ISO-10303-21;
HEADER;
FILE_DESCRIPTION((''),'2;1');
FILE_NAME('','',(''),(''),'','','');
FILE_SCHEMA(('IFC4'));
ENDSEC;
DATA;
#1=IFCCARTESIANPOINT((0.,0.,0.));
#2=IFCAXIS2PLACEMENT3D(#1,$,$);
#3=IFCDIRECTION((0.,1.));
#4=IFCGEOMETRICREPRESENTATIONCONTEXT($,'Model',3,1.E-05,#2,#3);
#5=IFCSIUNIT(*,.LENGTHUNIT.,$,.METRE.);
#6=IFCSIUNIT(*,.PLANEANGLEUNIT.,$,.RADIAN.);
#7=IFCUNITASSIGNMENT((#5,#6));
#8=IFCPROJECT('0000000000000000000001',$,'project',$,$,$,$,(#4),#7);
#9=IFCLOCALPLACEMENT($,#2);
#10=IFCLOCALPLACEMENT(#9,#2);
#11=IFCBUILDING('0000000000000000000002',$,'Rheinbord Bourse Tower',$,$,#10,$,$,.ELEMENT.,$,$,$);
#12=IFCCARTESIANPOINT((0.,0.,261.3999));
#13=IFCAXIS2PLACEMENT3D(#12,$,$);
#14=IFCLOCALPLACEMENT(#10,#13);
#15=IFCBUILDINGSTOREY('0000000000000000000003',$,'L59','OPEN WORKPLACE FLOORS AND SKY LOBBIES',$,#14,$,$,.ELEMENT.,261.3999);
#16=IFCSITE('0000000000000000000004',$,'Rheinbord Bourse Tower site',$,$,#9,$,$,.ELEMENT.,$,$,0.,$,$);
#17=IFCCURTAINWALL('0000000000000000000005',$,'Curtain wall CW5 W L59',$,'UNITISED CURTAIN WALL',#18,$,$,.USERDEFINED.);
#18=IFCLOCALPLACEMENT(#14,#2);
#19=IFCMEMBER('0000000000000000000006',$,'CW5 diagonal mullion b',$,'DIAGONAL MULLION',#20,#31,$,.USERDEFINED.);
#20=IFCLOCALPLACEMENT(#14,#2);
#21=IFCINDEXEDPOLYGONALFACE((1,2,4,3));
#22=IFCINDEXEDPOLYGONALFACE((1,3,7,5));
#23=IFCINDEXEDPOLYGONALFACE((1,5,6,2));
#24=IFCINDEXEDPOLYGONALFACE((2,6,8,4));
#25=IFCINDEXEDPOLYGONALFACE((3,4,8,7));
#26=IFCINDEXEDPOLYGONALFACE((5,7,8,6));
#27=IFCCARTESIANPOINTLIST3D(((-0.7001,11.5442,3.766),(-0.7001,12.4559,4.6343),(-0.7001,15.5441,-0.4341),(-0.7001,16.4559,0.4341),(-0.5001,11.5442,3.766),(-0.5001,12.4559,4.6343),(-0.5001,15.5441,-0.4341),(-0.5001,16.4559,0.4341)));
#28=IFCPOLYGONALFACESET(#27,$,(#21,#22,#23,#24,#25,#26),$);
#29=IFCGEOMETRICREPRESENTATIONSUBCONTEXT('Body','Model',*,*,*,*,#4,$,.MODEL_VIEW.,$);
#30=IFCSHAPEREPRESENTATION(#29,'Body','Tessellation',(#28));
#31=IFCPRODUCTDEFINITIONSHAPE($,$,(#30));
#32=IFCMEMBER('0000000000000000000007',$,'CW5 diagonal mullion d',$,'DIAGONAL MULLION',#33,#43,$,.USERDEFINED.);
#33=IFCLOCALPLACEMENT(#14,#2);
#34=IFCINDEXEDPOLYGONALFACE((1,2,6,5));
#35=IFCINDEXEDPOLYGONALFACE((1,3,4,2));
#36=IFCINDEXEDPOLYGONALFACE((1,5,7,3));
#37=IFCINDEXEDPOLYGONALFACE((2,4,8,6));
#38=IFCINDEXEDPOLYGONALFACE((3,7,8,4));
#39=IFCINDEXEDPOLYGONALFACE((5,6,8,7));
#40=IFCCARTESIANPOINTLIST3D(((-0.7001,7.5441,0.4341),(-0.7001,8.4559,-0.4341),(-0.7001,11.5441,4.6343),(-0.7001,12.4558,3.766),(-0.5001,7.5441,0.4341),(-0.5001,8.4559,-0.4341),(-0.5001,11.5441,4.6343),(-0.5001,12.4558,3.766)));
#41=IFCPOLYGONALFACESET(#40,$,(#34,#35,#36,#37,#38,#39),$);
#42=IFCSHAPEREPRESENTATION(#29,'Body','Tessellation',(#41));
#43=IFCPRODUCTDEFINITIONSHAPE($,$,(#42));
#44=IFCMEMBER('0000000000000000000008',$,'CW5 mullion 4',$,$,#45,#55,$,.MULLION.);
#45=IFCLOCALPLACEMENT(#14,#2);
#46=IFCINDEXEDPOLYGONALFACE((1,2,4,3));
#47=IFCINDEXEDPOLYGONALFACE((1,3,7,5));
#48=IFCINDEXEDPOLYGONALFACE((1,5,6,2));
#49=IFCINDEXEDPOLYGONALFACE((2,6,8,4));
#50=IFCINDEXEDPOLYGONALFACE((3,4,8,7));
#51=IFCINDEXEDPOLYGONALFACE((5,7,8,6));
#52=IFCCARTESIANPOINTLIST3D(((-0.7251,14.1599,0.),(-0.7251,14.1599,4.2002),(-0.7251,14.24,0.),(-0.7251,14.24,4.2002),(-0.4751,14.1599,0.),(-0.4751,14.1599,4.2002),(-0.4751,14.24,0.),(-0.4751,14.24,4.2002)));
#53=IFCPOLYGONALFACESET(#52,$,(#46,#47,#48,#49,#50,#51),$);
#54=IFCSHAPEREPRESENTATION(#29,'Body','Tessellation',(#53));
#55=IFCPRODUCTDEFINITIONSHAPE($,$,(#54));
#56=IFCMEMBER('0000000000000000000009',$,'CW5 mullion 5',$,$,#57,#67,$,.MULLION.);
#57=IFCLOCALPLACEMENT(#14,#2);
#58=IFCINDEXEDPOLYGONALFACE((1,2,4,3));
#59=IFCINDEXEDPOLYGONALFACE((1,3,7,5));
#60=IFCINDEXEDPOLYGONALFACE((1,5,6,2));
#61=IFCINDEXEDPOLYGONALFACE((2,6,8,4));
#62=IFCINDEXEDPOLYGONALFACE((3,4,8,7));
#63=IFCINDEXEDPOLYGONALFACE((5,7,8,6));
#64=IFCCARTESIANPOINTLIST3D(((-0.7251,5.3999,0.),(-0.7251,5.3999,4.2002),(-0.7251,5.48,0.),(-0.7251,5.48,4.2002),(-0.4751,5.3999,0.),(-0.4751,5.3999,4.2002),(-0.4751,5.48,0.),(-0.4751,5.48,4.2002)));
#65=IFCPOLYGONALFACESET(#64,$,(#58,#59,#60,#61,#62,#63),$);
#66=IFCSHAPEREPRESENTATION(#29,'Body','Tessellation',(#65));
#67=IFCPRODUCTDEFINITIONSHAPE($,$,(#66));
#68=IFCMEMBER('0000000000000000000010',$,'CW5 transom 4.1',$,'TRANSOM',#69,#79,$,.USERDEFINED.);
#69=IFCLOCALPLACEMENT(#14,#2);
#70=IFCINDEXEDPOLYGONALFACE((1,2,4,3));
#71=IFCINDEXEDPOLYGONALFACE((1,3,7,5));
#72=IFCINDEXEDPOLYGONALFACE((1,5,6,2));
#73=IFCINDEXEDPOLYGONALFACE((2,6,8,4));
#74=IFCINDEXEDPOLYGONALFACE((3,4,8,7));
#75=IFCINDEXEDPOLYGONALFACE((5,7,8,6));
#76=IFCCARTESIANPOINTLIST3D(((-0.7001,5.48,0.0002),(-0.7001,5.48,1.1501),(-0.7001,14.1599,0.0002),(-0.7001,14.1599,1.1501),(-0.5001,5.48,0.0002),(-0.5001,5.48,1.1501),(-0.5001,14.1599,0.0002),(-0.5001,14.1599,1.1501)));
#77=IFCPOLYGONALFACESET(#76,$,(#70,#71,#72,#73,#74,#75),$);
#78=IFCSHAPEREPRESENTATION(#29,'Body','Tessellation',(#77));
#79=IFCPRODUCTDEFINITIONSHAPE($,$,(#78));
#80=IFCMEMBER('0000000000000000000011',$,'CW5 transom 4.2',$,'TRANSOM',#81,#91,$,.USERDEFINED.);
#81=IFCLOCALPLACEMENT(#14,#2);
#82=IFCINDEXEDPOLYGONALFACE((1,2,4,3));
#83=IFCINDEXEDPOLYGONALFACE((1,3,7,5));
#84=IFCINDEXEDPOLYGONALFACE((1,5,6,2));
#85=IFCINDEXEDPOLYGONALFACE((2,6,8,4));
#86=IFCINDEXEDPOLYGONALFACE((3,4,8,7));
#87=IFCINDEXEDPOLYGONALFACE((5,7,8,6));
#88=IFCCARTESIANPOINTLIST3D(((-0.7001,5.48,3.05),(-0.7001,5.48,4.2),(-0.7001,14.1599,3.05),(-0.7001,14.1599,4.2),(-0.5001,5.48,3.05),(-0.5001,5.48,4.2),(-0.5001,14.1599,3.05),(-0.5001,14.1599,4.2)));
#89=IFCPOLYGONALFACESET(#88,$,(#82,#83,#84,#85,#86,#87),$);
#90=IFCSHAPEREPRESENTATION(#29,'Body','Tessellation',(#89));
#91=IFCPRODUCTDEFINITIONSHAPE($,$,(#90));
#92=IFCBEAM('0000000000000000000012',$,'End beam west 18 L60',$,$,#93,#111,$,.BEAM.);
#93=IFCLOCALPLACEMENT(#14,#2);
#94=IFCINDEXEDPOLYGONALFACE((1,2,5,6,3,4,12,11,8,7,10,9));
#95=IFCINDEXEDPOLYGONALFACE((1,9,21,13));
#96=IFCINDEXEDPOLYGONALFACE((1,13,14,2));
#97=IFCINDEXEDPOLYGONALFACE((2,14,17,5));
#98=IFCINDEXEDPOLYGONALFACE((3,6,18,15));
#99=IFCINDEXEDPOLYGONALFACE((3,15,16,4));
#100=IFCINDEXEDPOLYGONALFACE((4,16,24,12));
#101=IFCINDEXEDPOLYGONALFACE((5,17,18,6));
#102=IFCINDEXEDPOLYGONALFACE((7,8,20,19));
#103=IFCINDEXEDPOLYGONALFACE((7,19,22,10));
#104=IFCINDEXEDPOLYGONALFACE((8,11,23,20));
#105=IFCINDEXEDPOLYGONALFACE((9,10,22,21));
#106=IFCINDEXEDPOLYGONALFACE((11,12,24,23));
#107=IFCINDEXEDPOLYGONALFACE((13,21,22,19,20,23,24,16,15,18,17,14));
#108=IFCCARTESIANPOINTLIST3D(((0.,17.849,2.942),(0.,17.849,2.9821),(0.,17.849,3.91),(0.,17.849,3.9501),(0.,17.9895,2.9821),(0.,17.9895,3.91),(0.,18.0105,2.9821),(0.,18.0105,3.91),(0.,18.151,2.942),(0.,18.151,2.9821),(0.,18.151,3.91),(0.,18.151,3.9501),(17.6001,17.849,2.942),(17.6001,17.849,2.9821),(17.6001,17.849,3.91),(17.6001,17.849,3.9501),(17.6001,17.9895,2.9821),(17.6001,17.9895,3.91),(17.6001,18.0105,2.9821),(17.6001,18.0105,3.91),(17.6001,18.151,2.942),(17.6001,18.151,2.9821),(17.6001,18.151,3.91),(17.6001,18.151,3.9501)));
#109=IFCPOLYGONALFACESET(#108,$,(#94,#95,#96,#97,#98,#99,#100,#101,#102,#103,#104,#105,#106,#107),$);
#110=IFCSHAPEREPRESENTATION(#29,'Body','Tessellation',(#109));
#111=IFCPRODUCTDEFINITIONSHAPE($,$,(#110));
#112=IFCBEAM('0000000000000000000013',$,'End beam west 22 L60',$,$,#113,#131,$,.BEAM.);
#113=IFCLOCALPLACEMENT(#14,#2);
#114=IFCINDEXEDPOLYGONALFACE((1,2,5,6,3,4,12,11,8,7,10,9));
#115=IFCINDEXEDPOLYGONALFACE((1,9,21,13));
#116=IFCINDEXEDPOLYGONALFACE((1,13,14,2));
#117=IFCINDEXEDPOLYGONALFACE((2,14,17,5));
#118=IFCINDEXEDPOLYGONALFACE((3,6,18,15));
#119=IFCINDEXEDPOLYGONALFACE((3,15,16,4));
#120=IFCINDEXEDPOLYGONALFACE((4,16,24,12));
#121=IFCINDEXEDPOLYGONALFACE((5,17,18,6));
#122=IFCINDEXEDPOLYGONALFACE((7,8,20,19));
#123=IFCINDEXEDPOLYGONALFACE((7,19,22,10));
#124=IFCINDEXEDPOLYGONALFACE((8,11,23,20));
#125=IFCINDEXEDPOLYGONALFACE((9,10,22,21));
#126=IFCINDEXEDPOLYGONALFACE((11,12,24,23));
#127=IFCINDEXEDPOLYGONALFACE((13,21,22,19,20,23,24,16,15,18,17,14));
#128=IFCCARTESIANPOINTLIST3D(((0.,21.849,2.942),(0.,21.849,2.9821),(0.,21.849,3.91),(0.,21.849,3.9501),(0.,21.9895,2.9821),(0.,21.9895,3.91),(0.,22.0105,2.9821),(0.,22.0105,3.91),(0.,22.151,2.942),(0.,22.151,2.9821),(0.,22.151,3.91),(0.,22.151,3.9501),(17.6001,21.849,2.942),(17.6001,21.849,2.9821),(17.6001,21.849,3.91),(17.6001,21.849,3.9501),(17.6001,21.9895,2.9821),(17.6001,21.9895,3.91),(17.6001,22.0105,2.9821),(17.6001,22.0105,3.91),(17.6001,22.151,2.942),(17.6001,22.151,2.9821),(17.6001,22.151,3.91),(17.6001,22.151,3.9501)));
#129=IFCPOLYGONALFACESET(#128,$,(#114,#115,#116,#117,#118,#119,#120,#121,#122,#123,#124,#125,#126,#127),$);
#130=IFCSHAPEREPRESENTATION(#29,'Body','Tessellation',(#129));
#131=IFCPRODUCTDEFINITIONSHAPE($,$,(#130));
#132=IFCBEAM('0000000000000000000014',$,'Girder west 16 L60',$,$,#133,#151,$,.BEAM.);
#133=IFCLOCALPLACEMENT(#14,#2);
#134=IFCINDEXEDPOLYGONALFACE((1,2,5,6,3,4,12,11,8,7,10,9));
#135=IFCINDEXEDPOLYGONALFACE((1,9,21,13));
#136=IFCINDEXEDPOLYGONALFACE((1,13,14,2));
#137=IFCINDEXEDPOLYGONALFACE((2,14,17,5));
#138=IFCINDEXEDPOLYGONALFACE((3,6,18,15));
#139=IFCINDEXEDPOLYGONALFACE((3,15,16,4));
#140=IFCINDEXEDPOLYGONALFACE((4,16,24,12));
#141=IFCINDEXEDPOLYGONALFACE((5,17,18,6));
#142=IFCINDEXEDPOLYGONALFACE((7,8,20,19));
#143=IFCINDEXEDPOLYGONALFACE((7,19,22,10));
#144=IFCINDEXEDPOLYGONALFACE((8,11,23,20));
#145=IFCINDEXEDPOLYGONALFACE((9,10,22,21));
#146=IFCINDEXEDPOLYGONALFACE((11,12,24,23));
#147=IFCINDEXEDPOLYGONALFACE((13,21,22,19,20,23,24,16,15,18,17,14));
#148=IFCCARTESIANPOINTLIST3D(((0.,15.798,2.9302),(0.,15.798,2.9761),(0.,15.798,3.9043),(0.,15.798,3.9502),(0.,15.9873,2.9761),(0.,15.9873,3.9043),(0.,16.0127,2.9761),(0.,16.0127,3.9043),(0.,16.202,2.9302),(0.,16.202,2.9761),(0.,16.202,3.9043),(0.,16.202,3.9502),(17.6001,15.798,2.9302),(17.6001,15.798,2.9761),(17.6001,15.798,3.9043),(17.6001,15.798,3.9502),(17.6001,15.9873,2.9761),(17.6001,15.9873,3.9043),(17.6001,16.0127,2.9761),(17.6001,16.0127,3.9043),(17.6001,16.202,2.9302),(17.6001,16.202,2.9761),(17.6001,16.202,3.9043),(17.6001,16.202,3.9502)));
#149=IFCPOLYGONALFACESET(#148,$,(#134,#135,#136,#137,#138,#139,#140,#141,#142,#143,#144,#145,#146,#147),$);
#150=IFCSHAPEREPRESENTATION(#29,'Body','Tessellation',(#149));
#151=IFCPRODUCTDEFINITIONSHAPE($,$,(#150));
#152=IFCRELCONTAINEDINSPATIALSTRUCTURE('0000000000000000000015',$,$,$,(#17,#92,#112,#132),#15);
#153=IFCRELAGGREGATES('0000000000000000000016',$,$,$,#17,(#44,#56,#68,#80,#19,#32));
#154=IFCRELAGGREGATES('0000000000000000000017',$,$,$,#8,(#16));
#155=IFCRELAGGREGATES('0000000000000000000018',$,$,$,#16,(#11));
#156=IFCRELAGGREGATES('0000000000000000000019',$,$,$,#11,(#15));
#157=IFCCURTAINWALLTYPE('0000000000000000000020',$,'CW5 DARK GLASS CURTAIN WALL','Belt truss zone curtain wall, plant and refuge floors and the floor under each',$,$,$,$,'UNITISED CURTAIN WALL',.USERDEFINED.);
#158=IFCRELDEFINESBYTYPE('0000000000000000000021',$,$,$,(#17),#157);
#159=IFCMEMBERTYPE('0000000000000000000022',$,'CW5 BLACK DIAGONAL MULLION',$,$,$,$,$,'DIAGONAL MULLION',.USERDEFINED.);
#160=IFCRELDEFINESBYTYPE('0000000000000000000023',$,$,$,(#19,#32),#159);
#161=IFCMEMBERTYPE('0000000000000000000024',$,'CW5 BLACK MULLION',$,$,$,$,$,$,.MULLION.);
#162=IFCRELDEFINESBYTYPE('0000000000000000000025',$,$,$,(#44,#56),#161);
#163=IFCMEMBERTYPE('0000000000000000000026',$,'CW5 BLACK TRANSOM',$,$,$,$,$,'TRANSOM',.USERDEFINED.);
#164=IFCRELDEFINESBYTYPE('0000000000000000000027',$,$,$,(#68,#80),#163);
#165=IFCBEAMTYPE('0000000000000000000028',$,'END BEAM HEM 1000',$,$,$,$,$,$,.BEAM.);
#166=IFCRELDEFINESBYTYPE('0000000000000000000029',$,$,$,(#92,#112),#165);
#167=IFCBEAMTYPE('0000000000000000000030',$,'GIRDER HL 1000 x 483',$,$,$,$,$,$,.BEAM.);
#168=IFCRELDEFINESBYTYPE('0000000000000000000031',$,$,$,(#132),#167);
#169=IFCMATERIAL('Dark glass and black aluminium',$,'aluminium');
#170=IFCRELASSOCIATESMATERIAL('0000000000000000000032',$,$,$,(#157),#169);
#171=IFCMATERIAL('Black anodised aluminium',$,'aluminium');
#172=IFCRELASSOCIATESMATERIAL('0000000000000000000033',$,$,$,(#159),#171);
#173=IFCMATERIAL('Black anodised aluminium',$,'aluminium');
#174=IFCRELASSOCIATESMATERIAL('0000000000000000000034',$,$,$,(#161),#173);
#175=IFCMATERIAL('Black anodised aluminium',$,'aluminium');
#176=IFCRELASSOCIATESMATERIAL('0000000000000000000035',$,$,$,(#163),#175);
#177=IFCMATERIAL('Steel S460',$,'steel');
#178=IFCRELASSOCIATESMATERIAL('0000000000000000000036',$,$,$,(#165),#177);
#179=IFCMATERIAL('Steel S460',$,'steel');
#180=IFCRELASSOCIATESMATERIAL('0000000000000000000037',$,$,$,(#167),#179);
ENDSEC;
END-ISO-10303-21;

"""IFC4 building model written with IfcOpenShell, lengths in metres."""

from ifc_helpers import new_model, si_unit, direction, frame, origin, origin_2d, place, context, subcontext, project, spatial, rectangle, i_section, extrude, material, material_profile, profile_set, type_object, element, aggregate, save


model = new_model("IFC4")

# Units and contexts
model_context = context("Model", 3, precision=1e-05, world=origin(), true_north=direction((0.0, 1.0)))
body_context = subcontext(model_context, "Body", "Model", "MODEL_VIEW")
ifc_project = project(units=[si_unit("LENGTHUNIT", "METRE"), si_unit("PLANEANGLEUNIT", "RADIAN")], contexts=[model_context])

# Site, building, storey
site_placement = place(None, origin())
site = spatial("IfcSite", under=ifc_project, at=site_placement, Name="Rheinbord Bourse Tower site", CompositionType="ELEMENT", RefElevation=0.0)
building_placement = place(site_placement, origin())
building = spatial("IfcBuilding", under=site, at=building_placement, Name="Rheinbord Bourse Tower", CompositionType="ELEMENT")
storey_placement = place(building_placement, frame((0.0, 0.0, 261.3999)))
storey = spatial("IfcBuildingStorey", under=building, at=storey_placement, Name="L59", Description="OPEN WORKPLACE FLOORS AND SKY LOBBIES", CompositionType="ELEMENT", Elevation=261.3999)

# Curtain wall, members
ifc_material_1 = material(Name="Dark glass and black aluminium", Category="aluminium")
curtain_wall_type = type_object("IfcCurtainWallType", Name="CW5 DARK GLASS CURTAIN WALL", Description="Belt truss zone curtain wall, plant and refuge floors and the floor under each", ElementType="UNITISED CURTAIN WALL", PredefinedType="USERDEFINED", material=ifc_material_1)
curtain_wall_placement = place(storey_placement, origin())
curtain_wall = element("IfcCurtainWall", 1, at=curtain_wall_placement, inside=storey, type_object=curtain_wall_type, Name="Curtain wall CW5 W L59", ObjectType="UNITISED CURTAIN WALL", PredefinedType="USERDEFINED")
ifc_material_2 = material(Name="Black anodised aluminium", Category="aluminium")
ifc_material_profile_1 = material_profile(ifc_material_2, rectangle(XDim=0.2, YDim=1.259, at=origin_2d()), Name="CW5 DIAGONAL MULLION 1259x200")
ifc_profile_set_1 = profile_set([ifc_material_profile_1], Name="Black anodised aluminium")
member_type_1 = type_object("IfcMemberType", Name="CW5 BLACK DIAGONAL MULLION", ElementType="DIAGONAL MULLION", PredefinedType="USERDEFINED", material=ifc_profile_set_1)
member_1_placement = place(storey_placement, frame((-0.6001, 16.0, 0.0), z_axis=(0.0, -0.689638, 0.724154), x_axis=(1.0, 0.0, 0.0)))
member_1 = element("IfcMember", 2, at=member_1_placement, type_object=member_type_1, Name="CW5 diagonal mullion b", ObjectType="DIAGONAL MULLION", PredefinedType="USERDEFINED", context=body_context, shape_type="SweptSolid", body=[
    extrude(rectangle(XDim=0.2, YDim=1.259, at=origin_2d()), origin(), (0.0, 0.0, 1.0), 5.8),
])
member_2_placement = place(storey_placement, frame((-0.6001, 8.0, 0.0), z_axis=(0.0, 0.689638, 0.724154), x_axis=(-1.0, 0.0, 0.0)))
member_2 = element("IfcMember", 3, at=member_2_placement, type_object=member_type_1, Name="CW5 diagonal mullion d", ObjectType="DIAGONAL MULLION", PredefinedType="USERDEFINED", context=body_context, shape_type="SweptSolid", body=[
    extrude(rectangle(XDim=0.2, YDim=1.259, at=origin_2d()), origin(), (0.0, 0.0, 1.0), 5.8),
])
ifc_material_3 = material(Name="Black anodised aluminium", Category="aluminium")
ifc_material_profile_2 = material_profile(ifc_material_3, rectangle(XDim=0.25, YDim=0.0801, at=origin_2d()), Name="CW5 MULLION 80x250")
ifc_profile_set_2 = profile_set([ifc_material_profile_2], Name="Black anodised aluminium")
member_type_2 = type_object("IfcMemberType", Name="CW5 BLACK MULLION", PredefinedType="MULLION", material=ifc_profile_set_2)
member_3_placement = place(storey_placement, frame((-0.6001, 14.2, 0.0), z_axis=(0.0, 0.0, 1.0), x_axis=(1.0, 0.0, 0.0)))
member_3 = element("IfcMember", 4, at=member_3_placement, type_object=member_type_2, Name="CW5 mullion 4", PredefinedType="MULLION", context=body_context, shape_type="SweptSolid", body=[
    extrude(rectangle(XDim=0.25, YDim=0.0801, at=origin_2d()), origin(), (0.0, 0.0, 1.0), 4.2002),
])
member_4_placement = place(storey_placement, frame((-0.6001, 5.4399, 0.0), z_axis=(0.0, 0.0, 1.0), x_axis=(1.0, 0.0, 0.0)))
member_4 = element("IfcMember", 5, at=member_4_placement, type_object=member_type_2, Name="CW5 mullion 5", PredefinedType="MULLION", context=body_context, shape_type="SweptSolid", body=[
    extrude(rectangle(XDim=0.25, YDim=0.0801, at=origin_2d()), origin(), (0.0, 0.0, 1.0), 4.2002),
])
ifc_material_4 = material(Name="Black anodised aluminium", Category="aluminium")
ifc_material_profile_3 = material_profile(ifc_material_4, rectangle(XDim=0.2, YDim=1.1499, at=origin_2d()), Name="CW5 TRANSOM 1150x200")
ifc_profile_set_3 = profile_set([ifc_material_profile_3], Name="Black anodised aluminium")
member_type_3 = type_object("IfcMemberType", Name="CW5 BLACK TRANSOM", ElementType="TRANSOM", PredefinedType="USERDEFINED", material=ifc_profile_set_3)
member_5_placement = place(storey_placement, frame((-0.6001, 14.1599, 0.5752), z_axis=(0.0, -1.0, 0.0), x_axis=(1.0, 0.0, 0.0)))
member_5 = element("IfcMember", 6, at=member_5_placement, type_object=member_type_3, Name="CW5 transom 4.1", ObjectType="TRANSOM", PredefinedType="USERDEFINED", context=body_context, shape_type="SweptSolid", body=[
    extrude(rectangle(XDim=0.2, YDim=1.1499, at=origin_2d()), origin(), (0.0, 0.0, 1.0), 8.6799),
])
member_6_placement = place(storey_placement, frame((-0.6001, 14.1599, 3.625), z_axis=(0.0, -1.0, 0.0), x_axis=(1.0, 0.0, 0.0)))
member_6 = element("IfcMember", 7, at=member_6_placement, type_object=member_type_3, Name="CW5 transom 4.2", ObjectType="TRANSOM", PredefinedType="USERDEFINED", context=body_context, shape_type="SweptSolid", body=[
    extrude(rectangle(XDim=0.2, YDim=1.1499, at=origin_2d()), origin(), (0.0, 0.0, 1.0), 8.6799),
])

# Beams
ifc_material_5 = material(Name="Steel S460", Category="steel")
ifc_material_profile_4 = material_profile(ifc_material_5, i_section(OverallWidth=0.302, OverallDepth=1.0081, WebThickness=0.021, FlangeThickness=0.04, at=origin_2d()), Name="HEM 1000")
ifc_profile_set_4 = profile_set([ifc_material_profile_4], Name="Steel S460")
beam_type_1 = type_object("IfcBeamType", Name="END BEAM HEM 1000", PredefinedType="BEAM", material=ifc_profile_set_4)
for number, where, z_axis, x_axis, name in (
    (8, (0.0, 18.0, 3.446), (1.0, 0.0, 0.0), (0.0, 1.0, 0.0), "End beam west 18 L60"),
    (9, (0.0, 22.0, 3.446), (1.0, 0.0, 0.0), (0.0, 1.0, 0.0), "End beam west 22 L60"),
):
    element("IfcBeam", number, at=place(storey_placement, frame(where, z_axis=z_axis, x_axis=x_axis)), inside=storey, type_object=beam_type_1, Name=name, PredefinedType="BEAM", context=body_context, shape_type="SweptSolid", body=[
        extrude(i_section(OverallWidth=0.302, OverallDepth=1.0081, WebThickness=0.021, FlangeThickness=0.04, at=origin_2d()), origin(), (0.0, 0.0, 1.0), 17.6001),
    ])
ifc_material_6 = material(Name="Steel S460", Category="steel")
ifc_material_profile_5 = material_profile(ifc_material_6, i_section(OverallWidth=0.4041, OverallDepth=1.02, WebThickness=0.0254, FlangeThickness=0.0459, at=origin_2d()), Name="HL 1000 x 483")
ifc_profile_set_5 = profile_set([ifc_material_profile_5], Name="Steel S460")
beam_type_2 = type_object("IfcBeamType", Name="GIRDER HL 1000 x 483", PredefinedType="BEAM", material=ifc_profile_set_5)
beam_1_placement = place(storey_placement, frame((0.0, 16.0, 3.4402), z_axis=(1.0, 0.0, 0.0), x_axis=(0.0, 1.0, 0.0)))
element("IfcBeam", 10, at=beam_1_placement, inside=storey, type_object=beam_type_2, Name="Girder west 16 L60", PredefinedType="BEAM", context=body_context, shape_type="SweptSolid", body=[
    extrude(i_section(OverallWidth=0.4041, OverallDepth=1.02, WebThickness=0.0254, FlangeThickness=0.0459, at=origin_2d()), origin(), (0.0, 0.0, 1.0), 17.6001),
])

aggregate(curtain_wall, [member_3, member_4, member_5, member_6, member_1, member_2])

save(model, "model.ifc")
